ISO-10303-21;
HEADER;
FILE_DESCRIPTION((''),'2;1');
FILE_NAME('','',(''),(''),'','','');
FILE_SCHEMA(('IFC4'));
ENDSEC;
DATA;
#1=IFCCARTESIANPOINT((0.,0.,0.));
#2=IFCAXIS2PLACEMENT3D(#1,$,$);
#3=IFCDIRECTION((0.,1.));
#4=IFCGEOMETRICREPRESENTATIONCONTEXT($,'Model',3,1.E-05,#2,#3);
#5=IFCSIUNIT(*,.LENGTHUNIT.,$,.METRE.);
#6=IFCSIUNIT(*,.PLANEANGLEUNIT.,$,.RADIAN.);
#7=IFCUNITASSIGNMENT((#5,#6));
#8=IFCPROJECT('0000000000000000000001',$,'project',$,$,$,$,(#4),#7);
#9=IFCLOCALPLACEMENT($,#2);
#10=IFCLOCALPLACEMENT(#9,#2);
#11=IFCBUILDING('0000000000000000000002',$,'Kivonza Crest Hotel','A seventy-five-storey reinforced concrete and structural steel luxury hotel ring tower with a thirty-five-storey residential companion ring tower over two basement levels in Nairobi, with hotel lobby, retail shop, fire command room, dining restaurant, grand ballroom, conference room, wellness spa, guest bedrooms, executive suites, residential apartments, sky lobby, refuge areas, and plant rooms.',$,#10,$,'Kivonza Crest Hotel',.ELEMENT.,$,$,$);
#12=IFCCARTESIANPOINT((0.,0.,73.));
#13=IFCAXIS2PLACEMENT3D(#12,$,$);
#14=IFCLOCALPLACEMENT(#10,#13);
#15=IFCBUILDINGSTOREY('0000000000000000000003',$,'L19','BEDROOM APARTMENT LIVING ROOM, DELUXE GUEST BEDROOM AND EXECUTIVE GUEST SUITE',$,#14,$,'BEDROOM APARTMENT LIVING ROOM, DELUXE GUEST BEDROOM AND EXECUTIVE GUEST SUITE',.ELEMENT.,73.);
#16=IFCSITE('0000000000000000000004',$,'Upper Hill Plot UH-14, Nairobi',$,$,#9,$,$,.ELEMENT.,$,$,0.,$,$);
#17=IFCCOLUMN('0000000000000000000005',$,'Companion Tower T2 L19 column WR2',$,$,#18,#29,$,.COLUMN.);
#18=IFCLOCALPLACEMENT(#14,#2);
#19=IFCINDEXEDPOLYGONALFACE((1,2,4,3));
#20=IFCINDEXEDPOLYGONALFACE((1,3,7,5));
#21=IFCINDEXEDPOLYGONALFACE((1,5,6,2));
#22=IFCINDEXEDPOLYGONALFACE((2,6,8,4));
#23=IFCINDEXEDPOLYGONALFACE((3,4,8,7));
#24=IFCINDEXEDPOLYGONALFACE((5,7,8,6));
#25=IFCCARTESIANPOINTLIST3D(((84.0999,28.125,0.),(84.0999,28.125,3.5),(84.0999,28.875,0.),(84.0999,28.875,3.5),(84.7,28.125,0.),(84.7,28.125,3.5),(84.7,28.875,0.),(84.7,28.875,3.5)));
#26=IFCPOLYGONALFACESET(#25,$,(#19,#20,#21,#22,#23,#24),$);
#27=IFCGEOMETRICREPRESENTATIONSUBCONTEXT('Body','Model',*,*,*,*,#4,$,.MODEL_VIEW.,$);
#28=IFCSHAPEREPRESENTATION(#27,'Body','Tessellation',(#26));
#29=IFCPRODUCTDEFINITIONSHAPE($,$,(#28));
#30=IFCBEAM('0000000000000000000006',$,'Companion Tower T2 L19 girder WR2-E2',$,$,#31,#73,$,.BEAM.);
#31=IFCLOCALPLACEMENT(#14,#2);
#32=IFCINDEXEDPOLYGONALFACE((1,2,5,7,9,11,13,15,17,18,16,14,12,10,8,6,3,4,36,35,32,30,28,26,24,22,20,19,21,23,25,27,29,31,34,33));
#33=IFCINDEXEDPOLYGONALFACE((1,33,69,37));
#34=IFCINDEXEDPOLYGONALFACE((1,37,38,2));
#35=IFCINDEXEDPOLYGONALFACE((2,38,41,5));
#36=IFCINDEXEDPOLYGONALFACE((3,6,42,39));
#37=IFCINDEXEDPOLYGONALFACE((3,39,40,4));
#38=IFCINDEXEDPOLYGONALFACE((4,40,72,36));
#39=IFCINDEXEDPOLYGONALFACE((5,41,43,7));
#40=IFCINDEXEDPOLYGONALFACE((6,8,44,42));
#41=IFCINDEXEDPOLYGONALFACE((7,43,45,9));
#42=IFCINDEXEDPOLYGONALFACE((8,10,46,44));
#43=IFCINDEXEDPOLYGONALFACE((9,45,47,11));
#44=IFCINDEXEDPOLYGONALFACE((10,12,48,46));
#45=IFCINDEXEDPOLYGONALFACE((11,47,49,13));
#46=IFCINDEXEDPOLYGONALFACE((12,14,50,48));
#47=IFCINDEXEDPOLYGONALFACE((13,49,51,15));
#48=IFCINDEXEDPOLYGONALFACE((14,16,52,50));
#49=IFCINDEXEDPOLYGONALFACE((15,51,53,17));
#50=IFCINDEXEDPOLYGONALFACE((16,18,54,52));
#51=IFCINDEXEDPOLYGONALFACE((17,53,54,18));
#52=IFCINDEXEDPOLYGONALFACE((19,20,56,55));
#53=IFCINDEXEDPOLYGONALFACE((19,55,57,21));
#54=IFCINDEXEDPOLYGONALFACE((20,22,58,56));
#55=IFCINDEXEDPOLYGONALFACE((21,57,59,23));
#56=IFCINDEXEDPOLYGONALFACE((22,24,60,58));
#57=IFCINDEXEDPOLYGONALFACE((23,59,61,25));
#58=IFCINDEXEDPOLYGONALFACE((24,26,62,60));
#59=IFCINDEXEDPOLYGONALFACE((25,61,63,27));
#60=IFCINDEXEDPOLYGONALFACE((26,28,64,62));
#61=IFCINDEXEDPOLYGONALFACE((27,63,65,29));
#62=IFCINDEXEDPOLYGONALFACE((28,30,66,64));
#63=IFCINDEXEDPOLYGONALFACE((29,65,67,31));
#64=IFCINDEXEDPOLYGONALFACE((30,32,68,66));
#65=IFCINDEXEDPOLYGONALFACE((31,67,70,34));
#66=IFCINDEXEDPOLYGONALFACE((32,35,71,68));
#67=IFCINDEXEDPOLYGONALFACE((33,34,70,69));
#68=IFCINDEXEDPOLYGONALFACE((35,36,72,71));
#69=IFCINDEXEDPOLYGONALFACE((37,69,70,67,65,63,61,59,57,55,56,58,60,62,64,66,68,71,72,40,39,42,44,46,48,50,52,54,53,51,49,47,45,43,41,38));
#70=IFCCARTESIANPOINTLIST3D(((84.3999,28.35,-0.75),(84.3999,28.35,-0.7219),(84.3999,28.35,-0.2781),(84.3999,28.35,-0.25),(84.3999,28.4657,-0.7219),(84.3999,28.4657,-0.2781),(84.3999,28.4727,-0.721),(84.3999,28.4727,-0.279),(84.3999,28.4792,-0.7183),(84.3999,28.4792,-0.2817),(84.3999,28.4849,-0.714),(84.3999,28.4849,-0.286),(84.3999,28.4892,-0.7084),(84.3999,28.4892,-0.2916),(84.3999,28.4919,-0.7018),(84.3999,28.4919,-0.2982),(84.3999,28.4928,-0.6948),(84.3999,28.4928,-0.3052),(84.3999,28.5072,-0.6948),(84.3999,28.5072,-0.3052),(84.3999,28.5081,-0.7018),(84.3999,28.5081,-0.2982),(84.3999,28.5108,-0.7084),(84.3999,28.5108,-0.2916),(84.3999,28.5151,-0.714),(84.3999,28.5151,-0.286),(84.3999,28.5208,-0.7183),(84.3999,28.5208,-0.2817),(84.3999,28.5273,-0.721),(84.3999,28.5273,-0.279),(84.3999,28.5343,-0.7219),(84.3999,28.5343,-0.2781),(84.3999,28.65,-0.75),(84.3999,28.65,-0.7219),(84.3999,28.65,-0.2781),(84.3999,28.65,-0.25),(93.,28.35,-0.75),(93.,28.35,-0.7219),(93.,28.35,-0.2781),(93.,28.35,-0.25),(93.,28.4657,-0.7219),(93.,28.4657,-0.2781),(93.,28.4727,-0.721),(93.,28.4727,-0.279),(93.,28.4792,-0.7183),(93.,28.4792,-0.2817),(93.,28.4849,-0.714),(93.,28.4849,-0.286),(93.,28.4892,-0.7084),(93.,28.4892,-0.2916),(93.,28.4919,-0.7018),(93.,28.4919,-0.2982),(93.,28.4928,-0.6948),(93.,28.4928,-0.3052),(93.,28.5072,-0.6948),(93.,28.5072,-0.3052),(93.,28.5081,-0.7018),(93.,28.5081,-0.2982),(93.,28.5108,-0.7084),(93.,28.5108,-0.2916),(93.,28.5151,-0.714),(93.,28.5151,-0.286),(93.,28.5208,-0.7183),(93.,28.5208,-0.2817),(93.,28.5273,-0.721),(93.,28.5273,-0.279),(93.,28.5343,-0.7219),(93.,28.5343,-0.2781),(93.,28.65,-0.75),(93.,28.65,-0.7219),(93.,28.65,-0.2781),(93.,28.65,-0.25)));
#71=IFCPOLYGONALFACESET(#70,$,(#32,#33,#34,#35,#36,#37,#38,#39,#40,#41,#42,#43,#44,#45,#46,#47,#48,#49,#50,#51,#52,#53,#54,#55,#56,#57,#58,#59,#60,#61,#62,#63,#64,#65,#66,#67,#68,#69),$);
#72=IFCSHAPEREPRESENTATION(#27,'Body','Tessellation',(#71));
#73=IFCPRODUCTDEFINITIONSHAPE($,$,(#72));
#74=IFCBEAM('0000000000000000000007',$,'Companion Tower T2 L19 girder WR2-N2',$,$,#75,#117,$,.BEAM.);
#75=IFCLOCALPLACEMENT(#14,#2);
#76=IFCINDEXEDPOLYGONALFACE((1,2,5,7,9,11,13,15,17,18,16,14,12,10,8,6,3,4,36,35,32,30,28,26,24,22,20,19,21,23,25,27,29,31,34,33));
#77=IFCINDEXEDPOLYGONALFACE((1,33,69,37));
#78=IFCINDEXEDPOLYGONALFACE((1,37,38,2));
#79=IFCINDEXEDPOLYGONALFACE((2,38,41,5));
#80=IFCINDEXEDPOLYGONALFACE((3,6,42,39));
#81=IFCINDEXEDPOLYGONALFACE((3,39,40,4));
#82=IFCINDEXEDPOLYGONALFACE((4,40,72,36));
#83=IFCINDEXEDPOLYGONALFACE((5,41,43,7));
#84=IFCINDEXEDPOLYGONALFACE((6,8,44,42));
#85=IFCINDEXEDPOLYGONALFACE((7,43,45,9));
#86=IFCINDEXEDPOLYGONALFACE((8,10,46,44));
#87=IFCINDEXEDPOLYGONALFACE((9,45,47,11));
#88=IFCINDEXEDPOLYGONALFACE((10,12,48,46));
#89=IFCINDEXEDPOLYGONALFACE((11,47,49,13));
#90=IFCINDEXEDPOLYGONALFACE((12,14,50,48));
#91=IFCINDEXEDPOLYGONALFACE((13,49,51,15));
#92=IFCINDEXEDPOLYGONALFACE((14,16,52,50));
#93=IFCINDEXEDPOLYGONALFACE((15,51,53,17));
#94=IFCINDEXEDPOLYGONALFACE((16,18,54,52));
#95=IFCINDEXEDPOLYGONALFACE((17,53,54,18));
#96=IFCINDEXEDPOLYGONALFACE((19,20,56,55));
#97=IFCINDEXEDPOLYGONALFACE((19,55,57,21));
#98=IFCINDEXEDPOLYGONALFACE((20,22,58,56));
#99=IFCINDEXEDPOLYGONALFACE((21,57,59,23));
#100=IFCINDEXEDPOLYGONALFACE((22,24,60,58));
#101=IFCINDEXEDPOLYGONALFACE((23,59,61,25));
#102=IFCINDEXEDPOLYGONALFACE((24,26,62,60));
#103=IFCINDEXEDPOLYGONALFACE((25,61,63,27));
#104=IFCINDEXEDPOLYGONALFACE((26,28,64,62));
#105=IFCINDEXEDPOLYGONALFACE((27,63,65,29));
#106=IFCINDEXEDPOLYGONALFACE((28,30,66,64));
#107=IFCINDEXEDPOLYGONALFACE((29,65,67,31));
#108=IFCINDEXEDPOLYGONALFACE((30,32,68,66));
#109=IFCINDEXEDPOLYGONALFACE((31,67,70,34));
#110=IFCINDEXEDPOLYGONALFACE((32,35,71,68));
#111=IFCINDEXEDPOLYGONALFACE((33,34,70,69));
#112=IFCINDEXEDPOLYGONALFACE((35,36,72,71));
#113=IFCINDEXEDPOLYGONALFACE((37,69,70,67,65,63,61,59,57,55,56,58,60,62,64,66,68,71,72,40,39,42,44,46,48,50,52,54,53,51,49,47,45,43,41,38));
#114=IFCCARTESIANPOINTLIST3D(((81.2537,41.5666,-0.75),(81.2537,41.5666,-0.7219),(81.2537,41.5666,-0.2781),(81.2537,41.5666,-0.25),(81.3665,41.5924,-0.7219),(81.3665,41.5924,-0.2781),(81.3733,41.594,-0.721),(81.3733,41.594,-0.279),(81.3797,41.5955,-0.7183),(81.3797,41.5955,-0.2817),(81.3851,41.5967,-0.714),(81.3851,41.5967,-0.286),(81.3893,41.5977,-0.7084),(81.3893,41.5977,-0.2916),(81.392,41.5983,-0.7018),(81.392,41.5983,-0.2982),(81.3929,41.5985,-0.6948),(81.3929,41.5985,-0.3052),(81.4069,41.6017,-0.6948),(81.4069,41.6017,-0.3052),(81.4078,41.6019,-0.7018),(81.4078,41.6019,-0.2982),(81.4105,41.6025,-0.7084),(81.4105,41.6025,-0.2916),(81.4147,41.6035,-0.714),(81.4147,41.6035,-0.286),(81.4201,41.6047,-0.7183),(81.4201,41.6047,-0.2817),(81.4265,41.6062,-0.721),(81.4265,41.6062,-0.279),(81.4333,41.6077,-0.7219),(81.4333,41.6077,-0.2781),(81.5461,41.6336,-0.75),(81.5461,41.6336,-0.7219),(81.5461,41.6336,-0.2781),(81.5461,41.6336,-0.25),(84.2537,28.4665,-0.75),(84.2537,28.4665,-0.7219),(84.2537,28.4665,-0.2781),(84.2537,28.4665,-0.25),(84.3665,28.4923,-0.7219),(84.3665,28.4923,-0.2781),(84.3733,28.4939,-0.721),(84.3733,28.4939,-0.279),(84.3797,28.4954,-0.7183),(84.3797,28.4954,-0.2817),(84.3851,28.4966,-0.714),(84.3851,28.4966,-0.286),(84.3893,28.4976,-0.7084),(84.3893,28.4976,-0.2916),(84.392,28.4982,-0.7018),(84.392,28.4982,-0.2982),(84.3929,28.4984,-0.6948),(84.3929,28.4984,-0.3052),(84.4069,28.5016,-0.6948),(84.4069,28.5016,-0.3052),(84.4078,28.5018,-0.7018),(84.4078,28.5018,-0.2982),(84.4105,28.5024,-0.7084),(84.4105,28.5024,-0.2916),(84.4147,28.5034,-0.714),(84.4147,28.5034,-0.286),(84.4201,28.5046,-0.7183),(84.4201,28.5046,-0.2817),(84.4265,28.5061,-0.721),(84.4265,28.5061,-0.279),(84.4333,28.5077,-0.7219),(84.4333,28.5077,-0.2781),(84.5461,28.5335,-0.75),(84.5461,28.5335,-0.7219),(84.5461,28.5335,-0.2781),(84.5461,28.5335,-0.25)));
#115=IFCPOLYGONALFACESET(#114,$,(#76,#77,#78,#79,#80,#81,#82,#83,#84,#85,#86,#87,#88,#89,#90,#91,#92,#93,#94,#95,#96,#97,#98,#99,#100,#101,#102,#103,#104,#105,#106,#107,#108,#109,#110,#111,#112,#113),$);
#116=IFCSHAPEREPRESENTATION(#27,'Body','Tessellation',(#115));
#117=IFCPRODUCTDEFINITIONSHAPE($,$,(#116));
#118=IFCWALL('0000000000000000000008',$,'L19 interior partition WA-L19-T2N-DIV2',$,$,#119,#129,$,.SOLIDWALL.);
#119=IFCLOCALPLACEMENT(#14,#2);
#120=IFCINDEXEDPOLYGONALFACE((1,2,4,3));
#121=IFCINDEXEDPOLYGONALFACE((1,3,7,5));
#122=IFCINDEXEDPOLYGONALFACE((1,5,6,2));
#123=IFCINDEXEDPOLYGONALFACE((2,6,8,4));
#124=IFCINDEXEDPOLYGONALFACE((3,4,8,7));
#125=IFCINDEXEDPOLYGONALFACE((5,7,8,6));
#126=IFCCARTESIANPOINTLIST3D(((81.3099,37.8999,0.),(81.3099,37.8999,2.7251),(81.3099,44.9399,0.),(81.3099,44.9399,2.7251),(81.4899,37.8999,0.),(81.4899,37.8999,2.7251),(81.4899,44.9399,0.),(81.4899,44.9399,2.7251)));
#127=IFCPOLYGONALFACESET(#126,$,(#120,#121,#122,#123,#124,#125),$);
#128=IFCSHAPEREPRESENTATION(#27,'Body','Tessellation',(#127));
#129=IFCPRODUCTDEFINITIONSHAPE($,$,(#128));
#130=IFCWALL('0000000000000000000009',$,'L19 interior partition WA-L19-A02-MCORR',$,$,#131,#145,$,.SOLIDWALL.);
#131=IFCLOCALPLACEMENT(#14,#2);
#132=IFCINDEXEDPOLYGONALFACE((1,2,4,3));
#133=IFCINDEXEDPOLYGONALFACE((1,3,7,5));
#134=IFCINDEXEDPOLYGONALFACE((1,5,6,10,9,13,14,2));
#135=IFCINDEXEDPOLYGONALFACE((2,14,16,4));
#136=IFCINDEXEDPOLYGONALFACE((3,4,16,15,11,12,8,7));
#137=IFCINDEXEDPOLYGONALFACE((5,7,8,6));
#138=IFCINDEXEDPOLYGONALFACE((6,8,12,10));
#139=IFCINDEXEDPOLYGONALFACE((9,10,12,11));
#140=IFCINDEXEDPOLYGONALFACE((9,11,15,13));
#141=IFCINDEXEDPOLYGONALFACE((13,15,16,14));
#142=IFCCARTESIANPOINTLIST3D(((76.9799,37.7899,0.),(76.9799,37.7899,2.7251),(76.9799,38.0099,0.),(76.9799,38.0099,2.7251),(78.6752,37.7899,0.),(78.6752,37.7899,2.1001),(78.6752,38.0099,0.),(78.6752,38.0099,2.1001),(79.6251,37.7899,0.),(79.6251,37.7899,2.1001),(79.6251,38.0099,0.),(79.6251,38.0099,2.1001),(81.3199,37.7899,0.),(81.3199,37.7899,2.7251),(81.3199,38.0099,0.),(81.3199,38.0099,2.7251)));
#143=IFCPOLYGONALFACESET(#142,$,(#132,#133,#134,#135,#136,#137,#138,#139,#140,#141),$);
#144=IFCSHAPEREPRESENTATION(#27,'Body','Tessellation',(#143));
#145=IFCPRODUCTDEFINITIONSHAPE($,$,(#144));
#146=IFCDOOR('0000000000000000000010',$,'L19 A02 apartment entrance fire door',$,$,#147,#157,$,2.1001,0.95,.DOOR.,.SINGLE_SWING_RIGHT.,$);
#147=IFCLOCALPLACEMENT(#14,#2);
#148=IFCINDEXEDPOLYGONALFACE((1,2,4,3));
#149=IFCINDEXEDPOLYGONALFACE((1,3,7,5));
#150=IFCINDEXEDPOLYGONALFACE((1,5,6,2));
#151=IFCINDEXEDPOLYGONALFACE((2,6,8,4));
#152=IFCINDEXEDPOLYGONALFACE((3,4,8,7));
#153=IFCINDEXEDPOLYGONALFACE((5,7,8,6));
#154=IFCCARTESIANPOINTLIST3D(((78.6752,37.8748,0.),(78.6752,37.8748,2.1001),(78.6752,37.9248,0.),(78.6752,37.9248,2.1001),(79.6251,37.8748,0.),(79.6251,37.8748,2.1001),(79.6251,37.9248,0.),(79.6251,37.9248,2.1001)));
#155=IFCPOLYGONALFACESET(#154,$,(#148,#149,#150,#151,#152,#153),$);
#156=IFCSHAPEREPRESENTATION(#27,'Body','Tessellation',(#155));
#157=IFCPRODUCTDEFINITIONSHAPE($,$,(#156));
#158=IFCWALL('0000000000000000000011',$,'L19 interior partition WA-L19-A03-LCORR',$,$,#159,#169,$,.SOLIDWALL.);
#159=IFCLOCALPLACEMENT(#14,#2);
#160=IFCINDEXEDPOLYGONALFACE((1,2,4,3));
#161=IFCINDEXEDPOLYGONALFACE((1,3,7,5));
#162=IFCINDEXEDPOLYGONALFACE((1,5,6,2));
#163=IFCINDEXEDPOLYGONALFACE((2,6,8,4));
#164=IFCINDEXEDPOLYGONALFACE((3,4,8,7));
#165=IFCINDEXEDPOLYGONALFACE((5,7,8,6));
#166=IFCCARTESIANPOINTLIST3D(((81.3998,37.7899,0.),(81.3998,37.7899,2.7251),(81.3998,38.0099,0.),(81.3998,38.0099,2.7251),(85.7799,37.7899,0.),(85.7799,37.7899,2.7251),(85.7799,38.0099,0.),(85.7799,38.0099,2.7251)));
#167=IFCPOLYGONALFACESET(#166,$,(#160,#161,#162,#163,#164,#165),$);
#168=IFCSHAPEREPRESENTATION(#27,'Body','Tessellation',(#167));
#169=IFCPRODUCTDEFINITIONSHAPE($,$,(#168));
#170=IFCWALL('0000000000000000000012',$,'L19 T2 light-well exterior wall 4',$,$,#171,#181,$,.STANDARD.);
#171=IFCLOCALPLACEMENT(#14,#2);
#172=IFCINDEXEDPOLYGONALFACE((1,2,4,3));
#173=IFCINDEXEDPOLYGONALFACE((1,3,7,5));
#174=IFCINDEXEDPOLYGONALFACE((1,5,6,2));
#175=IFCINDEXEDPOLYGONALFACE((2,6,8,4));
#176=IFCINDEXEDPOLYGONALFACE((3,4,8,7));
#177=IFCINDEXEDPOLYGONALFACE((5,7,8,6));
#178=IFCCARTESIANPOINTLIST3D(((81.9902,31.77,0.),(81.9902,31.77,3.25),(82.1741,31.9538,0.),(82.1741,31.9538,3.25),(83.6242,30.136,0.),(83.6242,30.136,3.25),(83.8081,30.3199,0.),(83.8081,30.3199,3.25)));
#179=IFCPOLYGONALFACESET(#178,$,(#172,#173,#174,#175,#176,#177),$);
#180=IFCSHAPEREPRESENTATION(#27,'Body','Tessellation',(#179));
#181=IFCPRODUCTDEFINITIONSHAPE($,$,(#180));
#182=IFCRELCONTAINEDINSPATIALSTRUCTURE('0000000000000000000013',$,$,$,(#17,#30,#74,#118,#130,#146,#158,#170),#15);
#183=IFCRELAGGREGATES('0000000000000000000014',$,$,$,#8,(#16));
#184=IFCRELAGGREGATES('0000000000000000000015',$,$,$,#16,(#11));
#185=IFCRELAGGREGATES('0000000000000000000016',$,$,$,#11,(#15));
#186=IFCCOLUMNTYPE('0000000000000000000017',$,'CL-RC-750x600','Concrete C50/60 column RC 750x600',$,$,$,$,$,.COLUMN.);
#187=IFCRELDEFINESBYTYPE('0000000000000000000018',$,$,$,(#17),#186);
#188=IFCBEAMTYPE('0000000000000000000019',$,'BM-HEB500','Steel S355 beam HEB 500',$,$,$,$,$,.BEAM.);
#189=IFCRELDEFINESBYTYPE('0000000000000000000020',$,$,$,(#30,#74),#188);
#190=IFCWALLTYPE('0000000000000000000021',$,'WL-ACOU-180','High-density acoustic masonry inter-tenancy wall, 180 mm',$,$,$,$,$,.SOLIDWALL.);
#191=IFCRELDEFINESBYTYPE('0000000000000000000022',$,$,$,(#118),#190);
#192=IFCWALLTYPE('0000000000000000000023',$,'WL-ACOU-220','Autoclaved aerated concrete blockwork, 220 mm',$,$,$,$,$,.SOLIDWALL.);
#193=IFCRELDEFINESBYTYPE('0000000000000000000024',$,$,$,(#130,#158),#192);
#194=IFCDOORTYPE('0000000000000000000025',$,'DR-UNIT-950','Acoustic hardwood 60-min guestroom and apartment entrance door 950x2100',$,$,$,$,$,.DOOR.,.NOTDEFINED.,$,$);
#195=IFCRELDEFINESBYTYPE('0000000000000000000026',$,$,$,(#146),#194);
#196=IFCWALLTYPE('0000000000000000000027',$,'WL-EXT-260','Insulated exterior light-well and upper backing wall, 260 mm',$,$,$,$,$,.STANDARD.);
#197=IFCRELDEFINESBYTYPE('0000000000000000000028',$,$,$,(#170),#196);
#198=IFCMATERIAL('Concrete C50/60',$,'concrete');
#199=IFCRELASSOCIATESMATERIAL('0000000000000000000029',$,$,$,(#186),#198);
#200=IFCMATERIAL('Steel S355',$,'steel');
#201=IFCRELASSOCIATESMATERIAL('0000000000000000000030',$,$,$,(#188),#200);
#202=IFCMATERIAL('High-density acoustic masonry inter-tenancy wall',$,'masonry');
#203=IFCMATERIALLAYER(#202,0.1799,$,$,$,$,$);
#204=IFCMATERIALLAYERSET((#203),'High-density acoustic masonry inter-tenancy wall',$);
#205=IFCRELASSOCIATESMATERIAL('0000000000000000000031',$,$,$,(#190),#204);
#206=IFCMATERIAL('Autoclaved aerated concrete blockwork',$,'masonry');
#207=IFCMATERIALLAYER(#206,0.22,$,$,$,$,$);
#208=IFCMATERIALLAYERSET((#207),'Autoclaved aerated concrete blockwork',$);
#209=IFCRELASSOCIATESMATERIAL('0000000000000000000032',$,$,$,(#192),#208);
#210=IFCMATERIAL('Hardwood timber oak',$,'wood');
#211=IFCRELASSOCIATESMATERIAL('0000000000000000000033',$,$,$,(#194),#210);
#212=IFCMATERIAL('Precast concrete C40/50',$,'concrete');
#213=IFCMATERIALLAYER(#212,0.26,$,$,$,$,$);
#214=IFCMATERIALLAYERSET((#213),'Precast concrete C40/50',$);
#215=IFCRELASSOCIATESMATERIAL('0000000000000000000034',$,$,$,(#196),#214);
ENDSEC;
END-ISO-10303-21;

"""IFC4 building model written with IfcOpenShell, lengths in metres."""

from ifc_helpers import new_model, si_unit, direction, frame, frame_2d, origin, origin_2d, place, context, subcontext, project, spatial, rectangle, i_section, extrude, material, layer, layer_set, material_profile, profile_set, type_object, element, fill, save


model = new_model("IFC4")

# Units and contexts
model_context = context("Model", 3, precision=1e-05, world=origin(), true_north=direction((0.0, 1.0)))
body_context = subcontext(model_context, "Body", "Model", "MODEL_VIEW")
ifc_project = project(units=[si_unit("LENGTHUNIT", "METRE"), si_unit("PLANEANGLEUNIT", "RADIAN")], contexts=[model_context])

# Site, building, storey
site_placement = place(None, origin())
site = spatial("IfcSite", under=ifc_project, at=site_placement, Name="Upper Hill Plot UH-14, Nairobi", CompositionType="ELEMENT", RefElevation=0.0)
building_placement = place(site_placement, origin())
building = spatial("IfcBuilding", under=site, at=building_placement, Name="Kivonza Crest Hotel", Description="A seventy-five-storey reinforced concrete and structural steel luxury hotel ring tower with a thirty-five-storey residential companion ring tower over two basement levels in Nairobi, with hotel lobby, retail shop, fire command room, dining restaurant, grand ballroom, conference room, wellness spa, guest bedrooms, executive suites, residential apartments, sky lobby, refuge areas, and plant rooms.", LongName="Kivonza Crest Hotel", CompositionType="ELEMENT")
storey_placement = place(building_placement, frame((0.0, 0.0, 73.0)))
storey = spatial("IfcBuildingStorey", under=building, at=storey_placement, Name="L19", Description="BEDROOM APARTMENT LIVING ROOM, DELUXE GUEST BEDROOM AND EXECUTIVE GUEST SUITE", LongName="BEDROOM APARTMENT LIVING ROOM, DELUXE GUEST BEDROOM AND EXECUTIVE GUEST SUITE", CompositionType="ELEMENT", Elevation=73.0)

# Column
ifc_material_1 = material(Name="Concrete C50/60", Category="concrete")
ifc_material_profile_1 = material_profile(ifc_material_1, rectangle(XDim=0.6001, YDim=0.75, at=origin_2d()), Name="RC 750x600")
ifc_profile_set_1 = profile_set([ifc_material_profile_1], Name="Concrete C50/60")
column_type = type_object("IfcColumnType", Name="CL-RC-750x600", Description="Concrete C50/60 column RC 750x600", PredefinedType="COLUMN", material=ifc_profile_set_1)
column_placement = place(storey_placement, frame((84.3999, 28.5, 0.0), z_axis=(0.0, 0.0, 1.0), x_axis=(1.0, 0.0, 0.0)))
element("IfcColumn", 1, at=column_placement, inside=storey, type_object=column_type, Name="Companion Tower T2 L19 column WR2", PredefinedType="COLUMN", context=body_context, shape_type="SweptSolid", body=[
    extrude(rectangle(XDim=0.6001, YDim=0.75, at=origin_2d()), origin(), (0.0, 0.0, 1.0), 3.5),
])

# Beams
ifc_material_2 = material(Name="Steel S355", Category="steel")
ifc_material_profile_2 = material_profile(ifc_material_2, i_section(OverallWidth=0.3, OverallDepth=0.5, WebThickness=0.0144, FlangeThickness=0.0281, FilletRadius=0.0271, at=origin_2d()), Name="HEB 500")
ifc_profile_set_2 = profile_set([ifc_material_profile_2], Name="Steel S355")
beam_type = type_object("IfcBeamType", Name="BM-HEB500", Description="Steel S355 beam HEB 500", PredefinedType="BEAM", material=ifc_profile_set_2)
beam_1_placement = place(storey_placement, frame((84.3999, 28.5, -0.5), z_axis=(1.0, 0.0, 0.0), x_axis=(0.0, 1.0, 0.0)))
element("IfcBeam", 2, at=beam_1_placement, inside=storey, type_object=beam_type, Name="Companion Tower T2 L19 girder WR2-E2", PredefinedType="BEAM", context=body_context, shape_type="SweptSolid", body=[
    extrude(i_section(OverallWidth=0.3, OverallDepth=0.5, WebThickness=0.0144, FlangeThickness=0.0281, FilletRadius=0.0271, at=origin_2d()), origin(), (0.0, 0.0, 1.0), 8.6001),
])
beam_2_placement = place(storey_placement, frame((84.3999, 28.5, -0.5), z_axis=(-0.223227, 0.974766, 0.0), x_axis=(-0.974766, -0.223227, 0.0)))
element("IfcBeam", 3, at=beam_2_placement, inside=storey, type_object=beam_type, Name="Companion Tower T2 L19 girder WR2-N2", PredefinedType="BEAM", context=body_context, shape_type="SweptSolid", body=[
    extrude(i_section(OverallWidth=0.3, OverallDepth=0.5, WebThickness=0.0144, FlangeThickness=0.0281, FilletRadius=0.0271, at=origin_2d()), origin(), (0.0, 0.0, 1.0), 13.4392),
])

# Wall
ifc_material_3 = material(Name="High-density acoustic masonry inter-tenancy wall", Category="masonry")
ifc_layer_1 = layer(ifc_material_3, 0.1799)
ifc_layer_set_1 = layer_set([ifc_layer_1], Name="High-density acoustic masonry inter-tenancy wall")
wall_type_1 = type_object("IfcWallType", Name="WL-ACOU-180", Description="High-density acoustic masonry inter-tenancy wall, 180 mm", PredefinedType="SOLIDWALL", material=ifc_layer_set_1)
wall_1_placement = place(storey_placement, frame((81.3999, 37.8999, 0.0), z_axis=(0.0, 0.0, 1.0), x_axis=(0.0, 1.0, 0.0)))
element("IfcWall", 4, at=wall_1_placement, inside=storey, type_object=wall_type_1, Name="L19 interior partition WA-L19-T2N-DIV2", PredefinedType="SOLIDWALL", context=body_context, shape_type="SweptSolid", body=[
    extrude(rectangle(XDim=7.04, YDim=0.1799, at=frame_2d((3.52, 0.0))), origin(), (0.0, 0.0, 1.0), 2.7251),
])

# Wall, opening, door
ifc_material_4 = material(Name="Autoclaved aerated concrete blockwork", Category="masonry")
ifc_layer_2 = layer(ifc_material_4, 0.22)
ifc_layer_set_2 = layer_set([ifc_layer_2], Name="Autoclaved aerated concrete blockwork")
wall_type_2 = type_object("IfcWallType", Name="WL-ACOU-220", Description="Autoclaved aerated concrete blockwork, 220 mm", PredefinedType="SOLIDWALL", material=ifc_layer_set_2)
wall_2_placement = place(storey_placement, frame((76.98, 37.8999, 0.0), z_axis=(0.0, 0.0, 1.0), x_axis=(1.0, 0.0, 0.0)))
wall_2 = element("IfcWall", 5, at=wall_2_placement, inside=storey, type_object=wall_type_2, Name="L19 interior partition WA-L19-A02-MCORR", PredefinedType="SOLIDWALL", context=body_context, shape_type="SweptSolid", body=[
    extrude(rectangle(XDim=4.3401, YDim=0.22, at=frame_2d((2.1699, 0.0))), origin(), (0.0, 0.0, 1.0), 2.7251),
])
opening_1_placement = place(wall_2_placement, frame((1.6951, 0.0, 0.0)))
opening_1 = element("IfcOpeningElement", 6, at=opening_1_placement, cuts=wall_2, PredefinedType="OPENING", context=body_context, shape_type="SweptSolid", body=[
    extrude(rectangle(XDim=0.95, YDim=2.1001, at=frame_2d((0.4751, 1.05))), frame((0.0, 0.1201, 0.0), z_axis=(0.0, -1.0, 0.0), x_axis=(1.0, 0.0, 0.0)), (0.0, 0.0, 1.0), 0.24),
])
ifc_material_5 = material(Name="Hardwood timber oak", Category="wood")
door_type_1 = type_object("IfcDoorType", Name="DR-UNIT-950", Description="Acoustic hardwood 60-min guestroom and apartment entrance door 950x2100", OperationType="NOTDEFINED", PredefinedType="DOOR", material=ifc_material_5)
door_1_placement = place(opening_1_placement, origin())
door_1 = element("IfcDoor", 7, at=door_1_placement, inside=storey, type_object=door_type_1, Name="L19 A02 apartment entrance fire door", OperationType="SINGLE_SWING_RIGHT", OverallHeight=2.1001, OverallWidth=0.95, PredefinedType="DOOR", context=body_context, shape_type="SweptSolid", body=[
    extrude(rectangle(XDim=0.95, YDim=2.1001, at=frame_2d((0.4751, 1.05))), frame((0.0, 0.0249, 0.0), z_axis=(0.0, -1.0, 0.0), x_axis=(1.0, 0.0, 0.0)), (0.0, 0.0, 1.0), 0.05),
])
fill(opening_1, door_1)

# Walls
wall_3_placement = place(storey_placement, frame((81.3999, 37.8999, 0.0), z_axis=(0.0, 0.0, 1.0), x_axis=(1.0, 0.0, 0.0)))
element("IfcWall", 8, at=wall_3_placement, inside=storey, type_object=wall_type_2, Name="L19 interior partition WA-L19-A03-LCORR", PredefinedType="SOLIDWALL", context=body_context, shape_type="SweptSolid", body=[
    extrude(rectangle(XDim=4.3801, YDim=0.22, at=frame_2d((2.1899, 0.0))), origin(), (0.0, 0.0, 1.0), 2.7251),
])
ifc_material_6 = material(Name="Precast concrete C40/50", Category="concrete")
ifc_layer_3 = layer(ifc_material_6, 0.26)
ifc_layer_set_3 = layer_set([ifc_layer_3], Name="Precast concrete C40/50")
wall_type_3 = type_object("IfcWallType", Name="WL-EXT-260", Description="Insulated exterior light-well and upper backing wall, 260 mm", PredefinedType="STANDARD", material=ifc_layer_set_3)
wall_4_placement = place(storey_placement, frame((83.7161, 30.228, 0.0), z_axis=(0.0, 0.0, 1.0), x_axis=(-0.707107, 0.707107, 0.0)))
element("IfcWall", 9, at=wall_4_placement, inside=storey, type_object=wall_type_3, Name="L19 T2 light-well exterior wall 4", PredefinedType="STANDARD", context=body_context, shape_type="SweptSolid", body=[
    extrude(rectangle(XDim=2.3108, YDim=0.26, at=frame_2d((1.1553, 0.0))), origin(), (0.0, 0.0, 1.0), 3.25),
])

save(model, "model.ifc")
